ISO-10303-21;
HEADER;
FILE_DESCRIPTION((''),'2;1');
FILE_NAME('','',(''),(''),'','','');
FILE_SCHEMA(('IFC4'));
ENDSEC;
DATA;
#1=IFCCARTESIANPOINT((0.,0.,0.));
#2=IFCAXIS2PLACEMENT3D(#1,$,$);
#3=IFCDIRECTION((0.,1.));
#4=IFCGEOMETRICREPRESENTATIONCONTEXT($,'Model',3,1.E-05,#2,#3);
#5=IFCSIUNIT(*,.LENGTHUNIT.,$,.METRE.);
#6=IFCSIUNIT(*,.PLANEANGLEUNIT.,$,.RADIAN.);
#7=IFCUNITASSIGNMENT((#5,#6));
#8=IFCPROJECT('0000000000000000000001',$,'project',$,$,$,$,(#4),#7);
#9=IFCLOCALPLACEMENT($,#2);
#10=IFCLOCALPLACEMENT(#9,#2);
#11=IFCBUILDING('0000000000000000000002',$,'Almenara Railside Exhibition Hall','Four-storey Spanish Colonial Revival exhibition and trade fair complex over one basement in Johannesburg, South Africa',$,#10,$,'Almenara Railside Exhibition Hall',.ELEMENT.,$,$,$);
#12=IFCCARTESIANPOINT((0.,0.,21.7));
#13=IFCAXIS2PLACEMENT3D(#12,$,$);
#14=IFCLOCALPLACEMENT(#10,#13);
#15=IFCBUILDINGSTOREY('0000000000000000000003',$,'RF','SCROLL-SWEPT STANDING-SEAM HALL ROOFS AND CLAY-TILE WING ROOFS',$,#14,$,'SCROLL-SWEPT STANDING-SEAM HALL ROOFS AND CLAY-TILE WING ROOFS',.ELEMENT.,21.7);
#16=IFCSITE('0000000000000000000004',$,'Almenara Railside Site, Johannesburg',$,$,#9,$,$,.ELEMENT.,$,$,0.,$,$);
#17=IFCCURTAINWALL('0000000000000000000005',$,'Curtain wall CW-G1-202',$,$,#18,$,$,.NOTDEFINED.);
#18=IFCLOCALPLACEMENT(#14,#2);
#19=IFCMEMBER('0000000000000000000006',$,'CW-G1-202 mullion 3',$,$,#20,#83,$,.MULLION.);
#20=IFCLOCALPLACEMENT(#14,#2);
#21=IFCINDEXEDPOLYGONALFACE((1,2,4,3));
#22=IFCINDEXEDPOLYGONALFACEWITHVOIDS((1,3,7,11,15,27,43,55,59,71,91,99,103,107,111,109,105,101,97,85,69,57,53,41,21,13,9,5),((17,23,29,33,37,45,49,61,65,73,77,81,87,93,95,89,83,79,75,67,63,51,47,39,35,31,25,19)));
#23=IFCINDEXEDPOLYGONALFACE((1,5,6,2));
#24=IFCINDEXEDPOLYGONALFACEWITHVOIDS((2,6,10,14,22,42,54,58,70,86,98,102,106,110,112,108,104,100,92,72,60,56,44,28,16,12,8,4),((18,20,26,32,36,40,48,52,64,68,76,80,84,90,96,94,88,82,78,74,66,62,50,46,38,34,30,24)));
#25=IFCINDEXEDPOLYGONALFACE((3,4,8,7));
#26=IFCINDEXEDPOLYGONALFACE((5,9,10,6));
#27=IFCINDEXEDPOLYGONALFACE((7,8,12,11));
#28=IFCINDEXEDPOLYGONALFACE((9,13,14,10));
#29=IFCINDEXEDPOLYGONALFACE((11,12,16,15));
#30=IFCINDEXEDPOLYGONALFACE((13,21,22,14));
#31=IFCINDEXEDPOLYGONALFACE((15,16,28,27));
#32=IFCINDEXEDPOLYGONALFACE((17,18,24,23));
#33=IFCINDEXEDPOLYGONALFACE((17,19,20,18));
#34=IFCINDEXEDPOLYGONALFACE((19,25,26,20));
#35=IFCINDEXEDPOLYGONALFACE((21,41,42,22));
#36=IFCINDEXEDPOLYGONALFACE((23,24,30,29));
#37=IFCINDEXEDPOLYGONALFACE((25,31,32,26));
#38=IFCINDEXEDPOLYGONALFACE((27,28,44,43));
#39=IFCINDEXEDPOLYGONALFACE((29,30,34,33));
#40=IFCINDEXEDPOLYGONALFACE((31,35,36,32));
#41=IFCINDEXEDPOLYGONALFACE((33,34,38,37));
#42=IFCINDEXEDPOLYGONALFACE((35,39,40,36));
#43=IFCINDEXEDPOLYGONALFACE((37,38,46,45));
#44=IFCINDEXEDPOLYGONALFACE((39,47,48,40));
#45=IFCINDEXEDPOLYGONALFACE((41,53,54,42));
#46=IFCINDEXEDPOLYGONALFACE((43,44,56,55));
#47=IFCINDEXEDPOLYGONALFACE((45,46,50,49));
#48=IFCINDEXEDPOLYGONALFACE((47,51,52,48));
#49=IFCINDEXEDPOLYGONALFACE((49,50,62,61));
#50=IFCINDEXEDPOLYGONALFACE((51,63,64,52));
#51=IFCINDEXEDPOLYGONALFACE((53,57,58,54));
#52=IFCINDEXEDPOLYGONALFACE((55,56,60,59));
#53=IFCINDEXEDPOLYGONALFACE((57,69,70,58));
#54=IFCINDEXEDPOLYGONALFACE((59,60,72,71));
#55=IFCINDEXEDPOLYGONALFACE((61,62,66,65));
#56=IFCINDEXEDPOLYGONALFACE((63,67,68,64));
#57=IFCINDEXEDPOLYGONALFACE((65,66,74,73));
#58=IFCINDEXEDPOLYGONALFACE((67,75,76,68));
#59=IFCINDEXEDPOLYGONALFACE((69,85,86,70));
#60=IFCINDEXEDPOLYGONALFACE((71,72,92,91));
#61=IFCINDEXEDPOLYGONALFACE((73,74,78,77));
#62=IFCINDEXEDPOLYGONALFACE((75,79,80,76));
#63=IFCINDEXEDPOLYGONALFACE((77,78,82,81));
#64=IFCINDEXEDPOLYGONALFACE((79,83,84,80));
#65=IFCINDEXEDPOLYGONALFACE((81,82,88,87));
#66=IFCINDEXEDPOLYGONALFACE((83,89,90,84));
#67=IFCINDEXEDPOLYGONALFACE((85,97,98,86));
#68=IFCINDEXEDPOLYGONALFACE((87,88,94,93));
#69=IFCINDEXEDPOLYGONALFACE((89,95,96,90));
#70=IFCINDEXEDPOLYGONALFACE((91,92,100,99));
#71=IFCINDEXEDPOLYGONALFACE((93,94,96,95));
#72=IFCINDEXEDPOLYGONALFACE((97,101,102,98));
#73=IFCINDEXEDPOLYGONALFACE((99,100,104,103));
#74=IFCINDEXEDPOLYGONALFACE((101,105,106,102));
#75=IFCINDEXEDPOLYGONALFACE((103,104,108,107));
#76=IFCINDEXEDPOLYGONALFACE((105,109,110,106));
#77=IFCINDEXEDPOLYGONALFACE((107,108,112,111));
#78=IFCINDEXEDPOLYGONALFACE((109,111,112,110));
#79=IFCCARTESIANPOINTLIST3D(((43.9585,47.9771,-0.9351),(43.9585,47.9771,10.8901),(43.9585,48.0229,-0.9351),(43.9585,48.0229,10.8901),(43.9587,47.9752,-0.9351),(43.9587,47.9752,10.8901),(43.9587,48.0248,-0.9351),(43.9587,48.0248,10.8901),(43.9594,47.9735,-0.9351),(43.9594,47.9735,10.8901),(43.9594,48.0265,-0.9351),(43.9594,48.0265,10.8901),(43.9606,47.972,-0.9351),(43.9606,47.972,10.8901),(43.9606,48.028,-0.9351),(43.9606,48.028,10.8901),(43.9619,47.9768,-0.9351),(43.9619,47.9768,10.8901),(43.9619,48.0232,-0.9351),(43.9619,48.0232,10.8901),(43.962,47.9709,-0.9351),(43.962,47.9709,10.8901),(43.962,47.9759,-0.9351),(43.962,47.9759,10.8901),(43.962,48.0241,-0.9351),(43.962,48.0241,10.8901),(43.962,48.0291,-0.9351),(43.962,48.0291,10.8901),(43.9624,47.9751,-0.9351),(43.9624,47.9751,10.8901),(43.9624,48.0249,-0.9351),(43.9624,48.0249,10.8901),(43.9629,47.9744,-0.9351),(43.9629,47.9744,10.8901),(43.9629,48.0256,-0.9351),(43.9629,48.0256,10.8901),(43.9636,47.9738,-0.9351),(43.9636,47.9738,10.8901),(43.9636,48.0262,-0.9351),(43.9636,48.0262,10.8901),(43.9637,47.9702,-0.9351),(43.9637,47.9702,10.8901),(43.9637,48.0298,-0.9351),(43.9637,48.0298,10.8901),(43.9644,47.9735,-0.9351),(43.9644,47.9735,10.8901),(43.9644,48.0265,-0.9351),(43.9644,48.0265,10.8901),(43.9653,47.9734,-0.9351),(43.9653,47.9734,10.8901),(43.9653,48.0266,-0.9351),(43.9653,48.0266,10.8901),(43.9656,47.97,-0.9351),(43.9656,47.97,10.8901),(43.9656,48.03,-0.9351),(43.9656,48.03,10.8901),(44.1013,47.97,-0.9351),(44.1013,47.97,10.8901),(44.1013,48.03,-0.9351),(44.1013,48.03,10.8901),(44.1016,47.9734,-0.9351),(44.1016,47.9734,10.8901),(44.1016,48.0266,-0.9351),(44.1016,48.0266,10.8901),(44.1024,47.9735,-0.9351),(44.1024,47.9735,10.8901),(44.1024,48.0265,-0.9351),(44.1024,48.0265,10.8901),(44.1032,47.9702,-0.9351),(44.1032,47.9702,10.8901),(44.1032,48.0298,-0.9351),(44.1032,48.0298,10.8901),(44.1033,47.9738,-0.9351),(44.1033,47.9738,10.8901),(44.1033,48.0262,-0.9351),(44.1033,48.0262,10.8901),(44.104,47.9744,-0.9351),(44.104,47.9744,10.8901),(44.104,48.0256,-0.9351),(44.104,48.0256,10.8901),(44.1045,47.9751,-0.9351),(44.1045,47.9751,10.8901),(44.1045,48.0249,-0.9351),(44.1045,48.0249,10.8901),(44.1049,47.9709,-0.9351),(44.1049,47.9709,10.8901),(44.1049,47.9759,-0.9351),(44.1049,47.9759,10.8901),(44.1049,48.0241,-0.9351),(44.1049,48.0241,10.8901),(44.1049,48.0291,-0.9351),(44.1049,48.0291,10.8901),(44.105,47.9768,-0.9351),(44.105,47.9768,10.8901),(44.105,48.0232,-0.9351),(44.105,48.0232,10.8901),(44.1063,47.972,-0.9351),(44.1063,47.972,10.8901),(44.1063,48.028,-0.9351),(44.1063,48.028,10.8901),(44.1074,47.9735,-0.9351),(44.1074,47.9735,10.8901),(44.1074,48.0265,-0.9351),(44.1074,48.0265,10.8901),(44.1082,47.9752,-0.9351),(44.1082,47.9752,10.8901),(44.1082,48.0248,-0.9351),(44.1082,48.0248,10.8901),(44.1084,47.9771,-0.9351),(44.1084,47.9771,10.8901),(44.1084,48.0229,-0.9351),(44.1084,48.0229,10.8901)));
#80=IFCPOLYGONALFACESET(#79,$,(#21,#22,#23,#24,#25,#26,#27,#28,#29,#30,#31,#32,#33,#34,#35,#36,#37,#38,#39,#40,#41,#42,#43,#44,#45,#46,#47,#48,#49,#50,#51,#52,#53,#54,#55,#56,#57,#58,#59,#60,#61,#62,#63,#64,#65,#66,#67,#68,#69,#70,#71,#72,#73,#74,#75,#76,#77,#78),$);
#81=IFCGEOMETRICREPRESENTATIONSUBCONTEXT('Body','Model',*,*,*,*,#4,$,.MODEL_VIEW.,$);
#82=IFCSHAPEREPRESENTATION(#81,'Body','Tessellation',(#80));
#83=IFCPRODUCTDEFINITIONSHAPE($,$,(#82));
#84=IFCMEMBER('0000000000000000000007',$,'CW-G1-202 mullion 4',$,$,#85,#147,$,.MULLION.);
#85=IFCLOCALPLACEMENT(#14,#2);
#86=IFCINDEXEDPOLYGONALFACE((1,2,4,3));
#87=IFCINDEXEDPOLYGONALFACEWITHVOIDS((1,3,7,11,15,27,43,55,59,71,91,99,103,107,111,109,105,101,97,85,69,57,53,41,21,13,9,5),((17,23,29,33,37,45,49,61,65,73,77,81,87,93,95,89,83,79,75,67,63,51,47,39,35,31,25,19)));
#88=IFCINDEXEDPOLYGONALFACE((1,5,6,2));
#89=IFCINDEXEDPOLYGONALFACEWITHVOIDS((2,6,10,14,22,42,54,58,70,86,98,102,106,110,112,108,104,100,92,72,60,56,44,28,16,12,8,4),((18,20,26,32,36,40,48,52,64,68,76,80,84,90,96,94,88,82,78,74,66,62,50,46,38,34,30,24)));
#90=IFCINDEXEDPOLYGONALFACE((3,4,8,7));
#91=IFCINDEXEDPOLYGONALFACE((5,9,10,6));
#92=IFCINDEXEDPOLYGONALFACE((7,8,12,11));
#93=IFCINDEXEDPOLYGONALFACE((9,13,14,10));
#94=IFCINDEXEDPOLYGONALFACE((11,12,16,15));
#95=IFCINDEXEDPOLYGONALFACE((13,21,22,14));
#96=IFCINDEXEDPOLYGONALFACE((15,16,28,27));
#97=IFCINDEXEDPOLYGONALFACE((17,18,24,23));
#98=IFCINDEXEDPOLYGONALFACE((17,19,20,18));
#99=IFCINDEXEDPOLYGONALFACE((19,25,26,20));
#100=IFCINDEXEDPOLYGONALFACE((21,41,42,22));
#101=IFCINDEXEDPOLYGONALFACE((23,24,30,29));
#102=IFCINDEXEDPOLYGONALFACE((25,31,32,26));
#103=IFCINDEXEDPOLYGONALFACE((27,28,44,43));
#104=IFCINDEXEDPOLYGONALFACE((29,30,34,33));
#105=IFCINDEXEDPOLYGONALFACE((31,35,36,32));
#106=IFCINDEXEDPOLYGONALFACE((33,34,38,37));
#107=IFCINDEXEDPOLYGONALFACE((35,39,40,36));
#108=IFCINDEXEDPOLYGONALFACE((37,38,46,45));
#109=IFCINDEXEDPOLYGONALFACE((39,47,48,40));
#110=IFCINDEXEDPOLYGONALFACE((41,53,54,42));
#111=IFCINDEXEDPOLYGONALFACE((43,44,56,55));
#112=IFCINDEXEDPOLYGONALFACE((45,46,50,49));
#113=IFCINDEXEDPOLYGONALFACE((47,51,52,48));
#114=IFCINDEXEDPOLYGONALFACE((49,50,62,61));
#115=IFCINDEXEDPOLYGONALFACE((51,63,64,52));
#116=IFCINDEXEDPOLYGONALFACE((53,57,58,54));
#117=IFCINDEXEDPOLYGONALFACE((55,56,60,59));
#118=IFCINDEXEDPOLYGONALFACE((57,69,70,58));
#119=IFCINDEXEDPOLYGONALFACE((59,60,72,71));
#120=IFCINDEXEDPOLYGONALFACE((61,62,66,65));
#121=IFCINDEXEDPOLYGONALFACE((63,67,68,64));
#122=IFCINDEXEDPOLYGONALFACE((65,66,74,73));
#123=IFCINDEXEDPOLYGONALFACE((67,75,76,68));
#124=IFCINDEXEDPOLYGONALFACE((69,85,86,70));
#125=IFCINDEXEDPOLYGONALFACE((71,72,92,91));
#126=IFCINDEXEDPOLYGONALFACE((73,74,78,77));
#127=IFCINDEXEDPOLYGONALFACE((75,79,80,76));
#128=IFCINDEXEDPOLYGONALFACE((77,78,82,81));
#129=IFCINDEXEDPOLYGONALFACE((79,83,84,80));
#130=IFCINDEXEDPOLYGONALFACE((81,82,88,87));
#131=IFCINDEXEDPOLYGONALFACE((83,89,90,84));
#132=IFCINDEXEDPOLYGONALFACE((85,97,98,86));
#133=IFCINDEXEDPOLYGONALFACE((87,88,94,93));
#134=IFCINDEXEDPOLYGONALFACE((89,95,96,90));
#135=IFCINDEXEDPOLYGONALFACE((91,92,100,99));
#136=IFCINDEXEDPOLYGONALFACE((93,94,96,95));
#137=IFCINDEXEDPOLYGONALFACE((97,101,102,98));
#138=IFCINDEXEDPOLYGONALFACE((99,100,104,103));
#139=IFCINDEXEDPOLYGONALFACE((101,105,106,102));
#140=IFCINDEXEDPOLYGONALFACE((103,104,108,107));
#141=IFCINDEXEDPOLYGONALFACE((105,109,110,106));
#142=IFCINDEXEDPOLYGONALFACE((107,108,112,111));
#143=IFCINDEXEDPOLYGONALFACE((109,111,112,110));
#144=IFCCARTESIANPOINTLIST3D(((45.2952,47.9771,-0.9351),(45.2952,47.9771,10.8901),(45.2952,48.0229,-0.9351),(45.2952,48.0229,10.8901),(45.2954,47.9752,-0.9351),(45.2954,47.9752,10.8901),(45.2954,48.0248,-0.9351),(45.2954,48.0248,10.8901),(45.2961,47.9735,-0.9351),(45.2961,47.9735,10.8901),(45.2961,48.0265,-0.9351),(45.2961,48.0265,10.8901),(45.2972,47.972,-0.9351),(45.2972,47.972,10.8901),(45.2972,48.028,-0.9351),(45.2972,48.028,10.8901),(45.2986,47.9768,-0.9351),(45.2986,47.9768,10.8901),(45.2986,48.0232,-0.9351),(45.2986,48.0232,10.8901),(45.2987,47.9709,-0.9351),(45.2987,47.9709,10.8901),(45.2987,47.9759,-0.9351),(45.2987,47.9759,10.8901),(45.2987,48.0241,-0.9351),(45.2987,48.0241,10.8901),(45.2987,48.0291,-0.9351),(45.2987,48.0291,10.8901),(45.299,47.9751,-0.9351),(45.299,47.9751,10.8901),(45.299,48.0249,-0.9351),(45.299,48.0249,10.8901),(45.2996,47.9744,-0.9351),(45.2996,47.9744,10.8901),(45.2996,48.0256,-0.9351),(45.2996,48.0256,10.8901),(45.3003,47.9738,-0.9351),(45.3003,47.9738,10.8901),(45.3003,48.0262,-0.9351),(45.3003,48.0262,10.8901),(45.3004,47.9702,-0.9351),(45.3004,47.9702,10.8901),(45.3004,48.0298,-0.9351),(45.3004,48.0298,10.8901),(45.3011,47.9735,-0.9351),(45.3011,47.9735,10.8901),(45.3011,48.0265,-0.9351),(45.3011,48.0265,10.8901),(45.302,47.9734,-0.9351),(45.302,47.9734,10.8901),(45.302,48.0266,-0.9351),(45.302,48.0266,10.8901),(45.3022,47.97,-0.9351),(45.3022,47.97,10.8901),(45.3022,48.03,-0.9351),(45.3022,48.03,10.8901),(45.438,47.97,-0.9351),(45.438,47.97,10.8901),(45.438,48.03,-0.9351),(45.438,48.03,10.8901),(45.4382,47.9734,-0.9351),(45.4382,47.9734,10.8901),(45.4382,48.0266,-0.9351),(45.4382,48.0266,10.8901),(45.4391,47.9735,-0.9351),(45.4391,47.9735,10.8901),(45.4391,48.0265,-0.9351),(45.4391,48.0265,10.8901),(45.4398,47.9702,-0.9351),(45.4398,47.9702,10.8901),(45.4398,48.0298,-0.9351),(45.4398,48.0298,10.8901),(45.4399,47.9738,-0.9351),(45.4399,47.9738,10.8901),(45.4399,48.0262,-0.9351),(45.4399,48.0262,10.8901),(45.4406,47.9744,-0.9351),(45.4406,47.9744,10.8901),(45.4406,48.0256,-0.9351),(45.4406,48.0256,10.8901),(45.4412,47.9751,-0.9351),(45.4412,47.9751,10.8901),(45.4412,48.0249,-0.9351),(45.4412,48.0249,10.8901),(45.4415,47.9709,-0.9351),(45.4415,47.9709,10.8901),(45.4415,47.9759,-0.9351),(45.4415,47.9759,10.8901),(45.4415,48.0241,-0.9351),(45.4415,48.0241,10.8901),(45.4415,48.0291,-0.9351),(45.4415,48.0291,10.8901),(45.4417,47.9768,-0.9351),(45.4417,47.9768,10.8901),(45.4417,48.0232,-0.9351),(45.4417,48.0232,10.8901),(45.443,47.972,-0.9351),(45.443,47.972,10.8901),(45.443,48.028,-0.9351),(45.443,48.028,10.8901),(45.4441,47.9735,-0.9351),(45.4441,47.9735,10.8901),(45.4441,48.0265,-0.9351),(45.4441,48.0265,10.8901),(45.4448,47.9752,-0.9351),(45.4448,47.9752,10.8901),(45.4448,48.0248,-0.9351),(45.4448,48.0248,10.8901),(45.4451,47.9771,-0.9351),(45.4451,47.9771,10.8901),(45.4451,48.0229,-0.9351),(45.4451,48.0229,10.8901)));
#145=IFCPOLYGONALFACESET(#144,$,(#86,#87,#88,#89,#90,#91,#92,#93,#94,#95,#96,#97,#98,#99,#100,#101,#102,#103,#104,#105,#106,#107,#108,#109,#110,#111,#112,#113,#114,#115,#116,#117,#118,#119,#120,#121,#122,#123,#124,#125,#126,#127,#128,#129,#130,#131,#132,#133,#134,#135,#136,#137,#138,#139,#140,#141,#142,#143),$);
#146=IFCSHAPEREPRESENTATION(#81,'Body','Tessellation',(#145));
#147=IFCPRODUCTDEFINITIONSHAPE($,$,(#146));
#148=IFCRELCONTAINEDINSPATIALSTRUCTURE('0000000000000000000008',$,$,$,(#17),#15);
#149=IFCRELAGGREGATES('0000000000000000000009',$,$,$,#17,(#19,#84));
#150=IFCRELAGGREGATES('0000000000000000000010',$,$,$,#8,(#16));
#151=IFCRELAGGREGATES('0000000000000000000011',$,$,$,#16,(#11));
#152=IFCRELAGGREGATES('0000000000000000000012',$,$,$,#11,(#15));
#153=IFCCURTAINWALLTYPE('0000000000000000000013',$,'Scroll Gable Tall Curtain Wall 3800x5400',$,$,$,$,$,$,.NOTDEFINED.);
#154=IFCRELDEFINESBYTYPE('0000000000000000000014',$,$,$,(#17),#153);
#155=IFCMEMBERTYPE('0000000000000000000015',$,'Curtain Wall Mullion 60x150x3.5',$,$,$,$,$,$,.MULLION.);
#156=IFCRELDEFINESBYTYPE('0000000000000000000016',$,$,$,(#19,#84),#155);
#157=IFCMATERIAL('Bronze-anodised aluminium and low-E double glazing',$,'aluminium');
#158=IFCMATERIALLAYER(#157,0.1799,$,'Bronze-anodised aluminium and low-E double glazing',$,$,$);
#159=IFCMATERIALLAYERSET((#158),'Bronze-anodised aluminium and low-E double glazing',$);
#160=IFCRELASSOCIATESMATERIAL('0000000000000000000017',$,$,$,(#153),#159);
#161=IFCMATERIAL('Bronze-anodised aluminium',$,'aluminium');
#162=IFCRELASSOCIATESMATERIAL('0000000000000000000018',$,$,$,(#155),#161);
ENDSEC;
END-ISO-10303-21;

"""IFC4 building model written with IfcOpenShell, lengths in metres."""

from ifc_helpers import new_model, si_unit, direction, frame, origin, origin_2d, place, context, subcontext, project, spatial, hollow_rectangle, extrude, material, layer, layer_set, material_profile, profile_set, type_object, element, aggregate, save


model = new_model("IFC4")

# Units and contexts
model_context = context("Model", 3, precision=1e-05, world=origin(), true_north=direction((0.0, 1.0)))
body_context = subcontext(model_context, "Body", "Model", "MODEL_VIEW")
ifc_project = project(units=[si_unit("LENGTHUNIT", "METRE"), si_unit("PLANEANGLEUNIT", "RADIAN")], contexts=[model_context])

# Site, building, storey
site_placement = place(None, origin())
site = spatial("IfcSite", under=ifc_project, at=site_placement, Name="Almenara Railside Site, Johannesburg", CompositionType="ELEMENT", RefElevation=0.0)
building_placement = place(site_placement, origin())
building = spatial("IfcBuilding", under=site, at=building_placement, Name="Almenara Railside Exhibition Hall", Description="Four-storey Spanish Colonial Revival exhibition and trade fair complex over one basement in Johannesburg, South Africa", LongName="Almenara Railside Exhibition Hall", CompositionType="ELEMENT")
storey_placement = place(building_placement, frame((0.0, 0.0, 21.7)))
storey = spatial("IfcBuildingStorey", under=building, at=storey_placement, Name="RF", Description="SCROLL-SWEPT STANDING-SEAM HALL ROOFS AND CLAY-TILE WING ROOFS", LongName="SCROLL-SWEPT STANDING-SEAM HALL ROOFS AND CLAY-TILE WING ROOFS", CompositionType="ELEMENT", Elevation=21.7)

# Shared definitions
ifc_material_1 = material(Name="Bronze-anodised aluminium and low-E double glazing", Category="aluminium")
ifc_layer_1 = layer(ifc_material_1, 0.1799, Name="Bronze-anodised aluminium and low-E double glazing")
ifc_layer_set_1 = layer_set([ifc_layer_1], Name="Bronze-anodised aluminium and low-E double glazing")
curtain_wall_type = type_object("IfcCurtainWallType", Name="Scroll Gable Tall Curtain Wall 3800x5400", PredefinedType="NOTDEFINED", material=ifc_layer_set_1)
ifc_material_2 = material(Name="Bronze-anodised aluminium", Category="aluminium")

# Curtain wall, members
curtain_wall_1_placement = place(storey_placement, origin())
curtain_wall_1 = element("IfcCurtainWall", 1, at=curtain_wall_1_placement, inside=storey, type_object=curtain_wall_type, Name="Curtain wall CW-G1-202", PredefinedType="NOTDEFINED")
ifc_material_profile_1 = material_profile(ifc_material_2, hollow_rectangle(XDim=0.0601, YDim=0.1499, WallThickness=0.0034, InnerFilletRadius=0.0034, OuterFilletRadius=0.0071, at=origin_2d()), Name="ALU-MUL 60x150x3.5")
ifc_profile_set_1 = profile_set([ifc_material_profile_1], Name="Bronze-anodised aluminium")
member_type_1 = type_object("IfcMemberType", Name="Curtain Wall Mullion 60x150x3.5", PredefinedType="MULLION", material=ifc_profile_set_1)
member_1_placement = place(storey_placement, frame((44.0334, 48.0, -0.9351), z_axis=(0.0, 0.0, 1.0), x_axis=(0.0, 1.0, 0.0)))
member_1 = element("IfcMember", 2, at=member_1_placement, type_object=member_type_1, Name="CW-G1-202 mullion 3", PredefinedType="MULLION", context=body_context, shape_type="SweptSolid", body=[
    extrude(hollow_rectangle(XDim=0.0601, YDim=0.1499, WallThickness=0.0034, InnerFilletRadius=0.0034, OuterFilletRadius=0.0071, at=origin_2d()), origin(), (0.0, 0.0, 1.0), 11.8252),
])
member_2_placement = place(storey_placement, frame((45.3701, 48.0, -0.9351), z_axis=(0.0, 0.0, 1.0), x_axis=(0.0, 1.0, 0.0)))
member_2 = element("IfcMember", 3, at=member_2_placement, type_object=member_type_1, Name="CW-G1-202 mullion 4", PredefinedType="MULLION", context=body_context, shape_type="SweptSolid", body=[
    extrude(hollow_rectangle(XDim=0.0601, YDim=0.1499, WallThickness=0.0034, InnerFilletRadius=0.0034, OuterFilletRadius=0.0071, at=origin_2d()), origin(), (0.0, 0.0, 1.0), 11.8252),
])

aggregate(curtain_wall_1, [member_1, member_2])

save(model, "model.ifc")
